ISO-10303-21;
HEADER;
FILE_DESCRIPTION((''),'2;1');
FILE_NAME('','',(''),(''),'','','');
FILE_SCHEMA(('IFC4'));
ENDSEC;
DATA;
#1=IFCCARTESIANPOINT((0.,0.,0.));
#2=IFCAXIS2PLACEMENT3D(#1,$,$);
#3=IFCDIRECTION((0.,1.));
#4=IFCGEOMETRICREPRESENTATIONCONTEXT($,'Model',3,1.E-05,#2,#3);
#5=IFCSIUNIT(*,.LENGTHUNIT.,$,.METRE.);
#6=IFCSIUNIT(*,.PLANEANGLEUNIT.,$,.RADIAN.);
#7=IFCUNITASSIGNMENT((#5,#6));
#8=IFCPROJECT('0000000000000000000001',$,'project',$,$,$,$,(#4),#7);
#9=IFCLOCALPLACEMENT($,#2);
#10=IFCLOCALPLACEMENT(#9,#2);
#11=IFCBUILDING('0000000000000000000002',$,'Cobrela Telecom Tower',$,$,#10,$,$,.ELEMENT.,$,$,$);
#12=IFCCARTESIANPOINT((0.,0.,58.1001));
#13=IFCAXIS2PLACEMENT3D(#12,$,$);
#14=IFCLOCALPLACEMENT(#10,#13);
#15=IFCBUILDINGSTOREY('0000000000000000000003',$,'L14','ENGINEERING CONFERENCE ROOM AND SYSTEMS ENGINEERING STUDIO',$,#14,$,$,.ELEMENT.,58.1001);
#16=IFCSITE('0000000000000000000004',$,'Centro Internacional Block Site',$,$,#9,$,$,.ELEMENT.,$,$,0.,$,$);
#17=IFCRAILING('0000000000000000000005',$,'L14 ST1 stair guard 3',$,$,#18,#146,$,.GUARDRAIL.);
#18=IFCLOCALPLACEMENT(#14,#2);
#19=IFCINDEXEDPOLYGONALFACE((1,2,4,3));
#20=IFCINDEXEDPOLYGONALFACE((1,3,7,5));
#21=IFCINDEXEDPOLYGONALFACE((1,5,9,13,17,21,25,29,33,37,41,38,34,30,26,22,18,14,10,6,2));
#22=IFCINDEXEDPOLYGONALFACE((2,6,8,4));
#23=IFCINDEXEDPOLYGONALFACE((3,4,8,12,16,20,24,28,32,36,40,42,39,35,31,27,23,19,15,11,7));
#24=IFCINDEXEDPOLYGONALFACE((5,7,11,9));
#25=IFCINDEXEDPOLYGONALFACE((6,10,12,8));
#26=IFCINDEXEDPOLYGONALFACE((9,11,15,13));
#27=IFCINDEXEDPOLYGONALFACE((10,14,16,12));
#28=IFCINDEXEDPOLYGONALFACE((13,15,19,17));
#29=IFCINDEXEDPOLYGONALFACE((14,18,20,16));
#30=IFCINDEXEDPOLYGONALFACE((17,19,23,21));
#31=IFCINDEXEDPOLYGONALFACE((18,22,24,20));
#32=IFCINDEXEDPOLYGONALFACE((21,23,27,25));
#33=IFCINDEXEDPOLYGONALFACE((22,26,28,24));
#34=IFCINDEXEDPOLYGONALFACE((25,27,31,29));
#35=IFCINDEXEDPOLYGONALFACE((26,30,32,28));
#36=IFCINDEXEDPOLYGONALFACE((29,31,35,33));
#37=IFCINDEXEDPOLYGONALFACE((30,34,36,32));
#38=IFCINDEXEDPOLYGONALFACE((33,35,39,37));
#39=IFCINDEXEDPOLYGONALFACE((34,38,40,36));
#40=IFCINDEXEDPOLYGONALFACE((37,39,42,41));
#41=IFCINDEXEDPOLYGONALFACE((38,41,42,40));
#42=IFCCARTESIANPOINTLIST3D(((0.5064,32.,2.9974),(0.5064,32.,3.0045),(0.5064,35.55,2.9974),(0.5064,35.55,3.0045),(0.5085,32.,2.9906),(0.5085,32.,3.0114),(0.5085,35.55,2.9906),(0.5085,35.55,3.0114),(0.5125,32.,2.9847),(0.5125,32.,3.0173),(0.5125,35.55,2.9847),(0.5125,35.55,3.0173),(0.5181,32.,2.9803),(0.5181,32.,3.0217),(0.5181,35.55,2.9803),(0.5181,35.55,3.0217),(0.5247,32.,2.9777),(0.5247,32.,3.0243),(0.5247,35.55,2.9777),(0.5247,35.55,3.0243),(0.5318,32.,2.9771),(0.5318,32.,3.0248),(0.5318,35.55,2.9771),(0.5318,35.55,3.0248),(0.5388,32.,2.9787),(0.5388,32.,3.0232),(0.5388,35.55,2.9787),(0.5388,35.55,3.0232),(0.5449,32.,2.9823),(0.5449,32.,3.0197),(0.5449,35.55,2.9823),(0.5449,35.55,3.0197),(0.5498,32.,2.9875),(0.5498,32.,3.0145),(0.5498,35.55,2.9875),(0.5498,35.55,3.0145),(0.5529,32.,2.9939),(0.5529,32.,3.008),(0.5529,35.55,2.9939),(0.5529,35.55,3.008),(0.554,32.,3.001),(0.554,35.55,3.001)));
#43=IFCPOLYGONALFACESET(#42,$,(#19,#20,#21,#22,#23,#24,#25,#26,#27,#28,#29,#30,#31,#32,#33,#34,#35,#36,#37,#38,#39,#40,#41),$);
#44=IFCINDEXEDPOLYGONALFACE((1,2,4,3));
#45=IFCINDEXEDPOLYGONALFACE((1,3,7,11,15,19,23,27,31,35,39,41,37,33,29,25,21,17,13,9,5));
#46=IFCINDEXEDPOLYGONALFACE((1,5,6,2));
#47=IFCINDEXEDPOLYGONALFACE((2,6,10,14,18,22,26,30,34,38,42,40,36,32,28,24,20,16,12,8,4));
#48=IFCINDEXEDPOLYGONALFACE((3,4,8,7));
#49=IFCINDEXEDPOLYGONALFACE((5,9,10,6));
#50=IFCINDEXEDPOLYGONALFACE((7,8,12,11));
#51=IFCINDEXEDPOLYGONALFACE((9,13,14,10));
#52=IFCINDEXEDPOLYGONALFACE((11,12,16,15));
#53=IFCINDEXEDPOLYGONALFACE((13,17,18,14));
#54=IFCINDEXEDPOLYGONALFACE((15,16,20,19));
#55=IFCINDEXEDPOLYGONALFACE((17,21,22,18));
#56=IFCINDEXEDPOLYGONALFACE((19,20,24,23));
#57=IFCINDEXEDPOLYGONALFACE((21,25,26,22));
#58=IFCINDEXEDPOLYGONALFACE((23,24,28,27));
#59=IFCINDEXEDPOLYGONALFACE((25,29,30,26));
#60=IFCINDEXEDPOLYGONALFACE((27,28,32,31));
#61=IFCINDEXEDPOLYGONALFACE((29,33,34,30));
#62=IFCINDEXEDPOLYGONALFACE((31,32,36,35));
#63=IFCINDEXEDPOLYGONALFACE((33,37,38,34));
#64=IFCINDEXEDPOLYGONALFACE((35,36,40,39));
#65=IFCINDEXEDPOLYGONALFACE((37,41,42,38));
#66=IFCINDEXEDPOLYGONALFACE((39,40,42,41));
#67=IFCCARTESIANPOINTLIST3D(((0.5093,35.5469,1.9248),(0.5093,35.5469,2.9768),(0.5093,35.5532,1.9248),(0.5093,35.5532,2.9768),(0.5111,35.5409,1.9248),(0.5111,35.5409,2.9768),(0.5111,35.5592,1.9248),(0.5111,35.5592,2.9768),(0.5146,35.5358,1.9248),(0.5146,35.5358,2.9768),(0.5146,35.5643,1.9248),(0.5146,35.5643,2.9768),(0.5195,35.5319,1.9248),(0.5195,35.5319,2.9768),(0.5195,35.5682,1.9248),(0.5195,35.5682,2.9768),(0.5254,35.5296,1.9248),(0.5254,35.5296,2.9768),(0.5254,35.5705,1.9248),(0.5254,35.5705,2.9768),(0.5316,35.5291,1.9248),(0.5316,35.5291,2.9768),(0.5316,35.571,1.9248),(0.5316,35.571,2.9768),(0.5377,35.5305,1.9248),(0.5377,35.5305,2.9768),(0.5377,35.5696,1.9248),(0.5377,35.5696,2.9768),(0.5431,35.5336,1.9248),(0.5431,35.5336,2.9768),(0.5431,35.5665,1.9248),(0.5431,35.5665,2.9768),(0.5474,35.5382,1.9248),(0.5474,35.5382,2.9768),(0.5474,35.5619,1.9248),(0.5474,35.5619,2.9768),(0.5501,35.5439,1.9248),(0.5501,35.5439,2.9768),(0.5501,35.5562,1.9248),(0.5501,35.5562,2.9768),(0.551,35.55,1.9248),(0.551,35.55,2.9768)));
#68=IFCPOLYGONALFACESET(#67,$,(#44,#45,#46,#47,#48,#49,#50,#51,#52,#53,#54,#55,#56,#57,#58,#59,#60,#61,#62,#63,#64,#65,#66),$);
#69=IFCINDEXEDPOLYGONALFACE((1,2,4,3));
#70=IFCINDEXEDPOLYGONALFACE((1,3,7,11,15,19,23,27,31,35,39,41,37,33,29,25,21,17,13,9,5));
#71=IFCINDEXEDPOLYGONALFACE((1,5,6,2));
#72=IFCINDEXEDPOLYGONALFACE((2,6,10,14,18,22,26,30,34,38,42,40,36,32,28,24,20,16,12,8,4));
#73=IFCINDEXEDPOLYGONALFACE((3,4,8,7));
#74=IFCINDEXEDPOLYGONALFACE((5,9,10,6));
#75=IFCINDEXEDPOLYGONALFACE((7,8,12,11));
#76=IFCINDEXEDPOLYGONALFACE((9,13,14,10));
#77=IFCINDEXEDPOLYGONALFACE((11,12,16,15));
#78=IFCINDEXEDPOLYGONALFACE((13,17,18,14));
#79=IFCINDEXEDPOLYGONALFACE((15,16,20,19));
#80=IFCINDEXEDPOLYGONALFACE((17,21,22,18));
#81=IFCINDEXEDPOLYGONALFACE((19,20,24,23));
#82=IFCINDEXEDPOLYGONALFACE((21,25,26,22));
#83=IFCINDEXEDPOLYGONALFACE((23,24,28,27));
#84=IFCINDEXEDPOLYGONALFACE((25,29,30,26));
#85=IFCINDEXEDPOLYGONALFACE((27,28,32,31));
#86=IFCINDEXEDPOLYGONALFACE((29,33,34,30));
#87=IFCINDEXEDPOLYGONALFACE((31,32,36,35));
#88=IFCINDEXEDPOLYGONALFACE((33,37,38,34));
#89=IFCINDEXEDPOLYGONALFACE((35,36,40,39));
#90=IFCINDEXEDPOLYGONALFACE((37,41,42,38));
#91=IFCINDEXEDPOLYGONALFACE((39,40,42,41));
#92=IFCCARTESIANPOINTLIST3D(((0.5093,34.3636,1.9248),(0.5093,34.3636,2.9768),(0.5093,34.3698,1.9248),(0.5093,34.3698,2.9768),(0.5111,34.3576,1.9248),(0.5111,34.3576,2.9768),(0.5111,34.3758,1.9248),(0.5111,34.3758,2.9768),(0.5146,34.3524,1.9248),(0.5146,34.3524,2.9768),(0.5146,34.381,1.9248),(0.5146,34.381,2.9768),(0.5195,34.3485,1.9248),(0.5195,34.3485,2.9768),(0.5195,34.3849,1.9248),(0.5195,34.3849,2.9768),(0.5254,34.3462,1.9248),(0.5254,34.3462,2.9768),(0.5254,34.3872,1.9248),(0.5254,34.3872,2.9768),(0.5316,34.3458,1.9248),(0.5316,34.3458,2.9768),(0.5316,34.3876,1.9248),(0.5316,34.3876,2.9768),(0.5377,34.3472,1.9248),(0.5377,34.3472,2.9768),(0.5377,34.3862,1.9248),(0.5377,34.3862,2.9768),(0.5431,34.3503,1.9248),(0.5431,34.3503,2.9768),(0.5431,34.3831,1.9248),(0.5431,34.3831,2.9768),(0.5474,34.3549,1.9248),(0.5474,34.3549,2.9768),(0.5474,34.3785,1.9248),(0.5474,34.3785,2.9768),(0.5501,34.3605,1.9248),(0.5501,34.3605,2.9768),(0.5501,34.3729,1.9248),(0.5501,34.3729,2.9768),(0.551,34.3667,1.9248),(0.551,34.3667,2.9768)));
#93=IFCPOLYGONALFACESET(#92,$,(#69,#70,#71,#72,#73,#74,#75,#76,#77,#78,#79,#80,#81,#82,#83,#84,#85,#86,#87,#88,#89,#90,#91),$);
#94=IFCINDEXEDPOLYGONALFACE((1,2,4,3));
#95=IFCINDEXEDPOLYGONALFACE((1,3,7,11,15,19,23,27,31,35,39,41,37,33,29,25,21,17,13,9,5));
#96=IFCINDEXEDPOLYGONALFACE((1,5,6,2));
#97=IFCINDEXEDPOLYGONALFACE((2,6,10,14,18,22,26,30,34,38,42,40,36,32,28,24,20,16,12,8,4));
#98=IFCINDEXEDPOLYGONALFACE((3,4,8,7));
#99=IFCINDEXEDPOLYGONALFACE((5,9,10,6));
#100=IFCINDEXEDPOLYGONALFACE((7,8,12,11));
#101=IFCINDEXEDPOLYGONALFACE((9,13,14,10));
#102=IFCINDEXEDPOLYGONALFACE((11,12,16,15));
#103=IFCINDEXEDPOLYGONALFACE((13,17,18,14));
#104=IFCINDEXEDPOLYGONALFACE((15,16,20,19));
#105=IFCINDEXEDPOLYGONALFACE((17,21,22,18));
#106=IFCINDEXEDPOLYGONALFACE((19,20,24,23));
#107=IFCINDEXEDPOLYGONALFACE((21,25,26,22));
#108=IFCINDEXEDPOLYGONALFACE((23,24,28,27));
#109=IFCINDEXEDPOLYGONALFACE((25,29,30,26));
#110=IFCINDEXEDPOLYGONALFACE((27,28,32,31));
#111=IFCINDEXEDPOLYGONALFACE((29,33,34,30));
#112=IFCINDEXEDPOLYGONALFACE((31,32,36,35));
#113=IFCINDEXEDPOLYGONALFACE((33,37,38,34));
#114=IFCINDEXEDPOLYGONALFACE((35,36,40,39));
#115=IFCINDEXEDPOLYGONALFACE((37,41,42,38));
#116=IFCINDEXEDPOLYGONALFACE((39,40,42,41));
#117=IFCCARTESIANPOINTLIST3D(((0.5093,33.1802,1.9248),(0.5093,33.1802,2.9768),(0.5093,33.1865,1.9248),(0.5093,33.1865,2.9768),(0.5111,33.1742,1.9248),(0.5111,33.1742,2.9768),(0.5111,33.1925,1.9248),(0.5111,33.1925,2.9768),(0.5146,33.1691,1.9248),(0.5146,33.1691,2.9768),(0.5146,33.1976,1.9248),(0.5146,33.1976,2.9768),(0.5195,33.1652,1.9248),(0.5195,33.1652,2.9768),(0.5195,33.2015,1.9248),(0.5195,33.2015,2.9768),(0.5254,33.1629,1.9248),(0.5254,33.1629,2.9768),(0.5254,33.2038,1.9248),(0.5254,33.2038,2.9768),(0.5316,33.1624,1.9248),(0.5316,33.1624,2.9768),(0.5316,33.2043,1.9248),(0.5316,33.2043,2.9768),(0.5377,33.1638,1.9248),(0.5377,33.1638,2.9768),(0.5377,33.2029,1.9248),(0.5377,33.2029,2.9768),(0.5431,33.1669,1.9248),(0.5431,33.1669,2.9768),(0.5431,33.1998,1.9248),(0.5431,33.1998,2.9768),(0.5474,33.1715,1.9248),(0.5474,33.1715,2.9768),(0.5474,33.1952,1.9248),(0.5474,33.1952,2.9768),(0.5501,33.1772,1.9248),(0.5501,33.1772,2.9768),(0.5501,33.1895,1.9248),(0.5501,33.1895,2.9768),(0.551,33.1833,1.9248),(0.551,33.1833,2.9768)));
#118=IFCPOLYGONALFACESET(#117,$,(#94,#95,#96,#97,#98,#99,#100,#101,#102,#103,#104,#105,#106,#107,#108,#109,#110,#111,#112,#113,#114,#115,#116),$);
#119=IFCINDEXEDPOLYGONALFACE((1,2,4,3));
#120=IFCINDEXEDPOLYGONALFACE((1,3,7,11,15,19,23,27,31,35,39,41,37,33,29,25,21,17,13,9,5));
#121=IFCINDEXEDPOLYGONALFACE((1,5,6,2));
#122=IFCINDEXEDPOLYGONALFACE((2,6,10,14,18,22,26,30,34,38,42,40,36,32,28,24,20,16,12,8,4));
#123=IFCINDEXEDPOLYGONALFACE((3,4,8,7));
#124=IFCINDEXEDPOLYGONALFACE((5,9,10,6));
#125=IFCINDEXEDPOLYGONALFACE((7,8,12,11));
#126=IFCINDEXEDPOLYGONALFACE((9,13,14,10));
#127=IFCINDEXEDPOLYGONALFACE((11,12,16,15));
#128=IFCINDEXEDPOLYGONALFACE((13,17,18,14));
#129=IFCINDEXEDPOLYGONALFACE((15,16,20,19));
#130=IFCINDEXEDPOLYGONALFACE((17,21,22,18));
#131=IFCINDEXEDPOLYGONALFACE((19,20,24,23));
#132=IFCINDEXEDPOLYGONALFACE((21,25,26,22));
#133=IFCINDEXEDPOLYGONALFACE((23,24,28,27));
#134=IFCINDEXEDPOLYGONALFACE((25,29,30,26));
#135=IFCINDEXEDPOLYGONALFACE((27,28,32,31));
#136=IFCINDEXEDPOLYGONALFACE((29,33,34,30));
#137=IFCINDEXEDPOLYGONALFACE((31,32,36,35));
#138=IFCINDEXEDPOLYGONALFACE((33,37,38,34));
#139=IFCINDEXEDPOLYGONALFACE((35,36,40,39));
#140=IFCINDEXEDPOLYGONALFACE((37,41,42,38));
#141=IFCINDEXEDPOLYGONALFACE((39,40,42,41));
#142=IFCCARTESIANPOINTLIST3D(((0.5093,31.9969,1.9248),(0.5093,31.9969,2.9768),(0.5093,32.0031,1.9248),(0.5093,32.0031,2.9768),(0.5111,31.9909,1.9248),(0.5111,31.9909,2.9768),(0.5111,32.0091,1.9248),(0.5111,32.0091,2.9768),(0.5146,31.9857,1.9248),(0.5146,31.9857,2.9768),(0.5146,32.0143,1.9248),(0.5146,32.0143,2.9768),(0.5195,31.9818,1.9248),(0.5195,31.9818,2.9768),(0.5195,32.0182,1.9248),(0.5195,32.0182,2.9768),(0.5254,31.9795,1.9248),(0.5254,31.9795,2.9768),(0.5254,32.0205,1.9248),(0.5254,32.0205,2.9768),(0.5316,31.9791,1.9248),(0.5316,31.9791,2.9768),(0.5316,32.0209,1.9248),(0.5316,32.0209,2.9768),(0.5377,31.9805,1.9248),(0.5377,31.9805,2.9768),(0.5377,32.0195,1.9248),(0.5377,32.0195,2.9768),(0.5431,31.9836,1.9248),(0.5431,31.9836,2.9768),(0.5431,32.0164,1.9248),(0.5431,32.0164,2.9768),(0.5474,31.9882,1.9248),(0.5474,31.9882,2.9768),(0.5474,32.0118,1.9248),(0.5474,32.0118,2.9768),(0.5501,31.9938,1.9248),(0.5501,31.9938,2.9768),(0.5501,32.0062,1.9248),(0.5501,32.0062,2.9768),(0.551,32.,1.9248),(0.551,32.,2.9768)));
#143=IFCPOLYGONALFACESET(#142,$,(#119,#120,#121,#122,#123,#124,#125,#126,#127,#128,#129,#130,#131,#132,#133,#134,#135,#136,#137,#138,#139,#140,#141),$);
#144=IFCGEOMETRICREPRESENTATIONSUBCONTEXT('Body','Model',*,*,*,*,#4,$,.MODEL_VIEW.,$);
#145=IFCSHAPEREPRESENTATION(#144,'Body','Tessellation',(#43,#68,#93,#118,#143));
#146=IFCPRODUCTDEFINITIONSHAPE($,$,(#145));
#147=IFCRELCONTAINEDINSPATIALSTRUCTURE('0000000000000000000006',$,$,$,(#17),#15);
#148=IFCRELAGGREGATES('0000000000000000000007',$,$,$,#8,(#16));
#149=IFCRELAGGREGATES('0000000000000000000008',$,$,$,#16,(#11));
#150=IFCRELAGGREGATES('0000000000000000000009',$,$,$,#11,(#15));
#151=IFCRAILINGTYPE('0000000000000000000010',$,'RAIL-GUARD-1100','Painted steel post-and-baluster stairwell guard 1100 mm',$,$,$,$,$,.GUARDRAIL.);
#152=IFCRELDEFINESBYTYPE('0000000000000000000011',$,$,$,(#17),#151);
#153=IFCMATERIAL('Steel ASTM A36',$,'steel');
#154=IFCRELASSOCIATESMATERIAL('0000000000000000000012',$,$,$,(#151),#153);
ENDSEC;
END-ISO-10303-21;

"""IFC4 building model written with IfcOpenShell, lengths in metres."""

from ifc_helpers import new_model, si_unit, direction, frame, origin, origin_2d, place, context, subcontext, project, spatial, circle, extrude, material, type_object, element, save


model = new_model("IFC4")

# Units and contexts
model_context = context("Model", 3, precision=1e-05, world=origin(), true_north=direction((0.0, 1.0)))
body_context = subcontext(model_context, "Body", "Model", "MODEL_VIEW")
ifc_project = project(units=[si_unit("LENGTHUNIT", "METRE"), si_unit("PLANEANGLEUNIT", "RADIAN")], contexts=[model_context])

# Site, building, storey
site_placement = place(None, origin())
site = spatial("IfcSite", under=ifc_project, at=site_placement, Name="Centro Internacional Block Site", CompositionType="ELEMENT", RefElevation=0.0)
building_placement = place(site_placement, origin())
building = spatial("IfcBuilding", under=site, at=building_placement, Name="Cobrela Telecom Tower", CompositionType="ELEMENT")
storey_placement = place(building_placement, frame((0.0, 0.0, 58.1001)))
storey = spatial("IfcBuildingStorey", under=building, at=storey_placement, Name="L14", Description="ENGINEERING CONFERENCE ROOM AND SYSTEMS ENGINEERING STUDIO", CompositionType="ELEMENT", Elevation=58.1001)

# Railing
ifc_material_1 = material(Name="Steel ASTM A36", Category="steel")
railing_type = type_object("IfcRailingType", Name="RAIL-GUARD-1100", Description="Painted steel post-and-baluster stairwell guard 1100 mm", PredefinedType="GUARDRAIL", material=ifc_material_1)
railing_1_placement = place(storey_placement, frame((0.53, 35.55, 1.9248)))
element("IfcRailing", 1, at=railing_1_placement, inside=storey, type_object=railing_type, Name="L14 ST1 stair guard 3", PredefinedType="GUARDRAIL", context=body_context, shape_type="SweptSolid", body=[
    extrude(circle(Radius=0.0239, at=origin_2d()), frame((0.0, 0.0, 1.0762), z_axis=(0.0, -1.0, 0.0), x_axis=(1.0, 0.0, 0.0)), (0.0, 0.0, 1.0), 3.55),
    extrude(circle(Radius=0.021, at=origin_2d()), origin(), (0.0, 0.0, 1.0), 1.052),
    extrude(circle(Radius=0.021, at=origin_2d()), frame((0.0, -1.1833, 0.0)), (0.0, 0.0, 1.0), 1.052),
    extrude(circle(Radius=0.021, at=origin_2d()), frame((0.0, -2.3667, 0.0)), (0.0, 0.0, 1.0), 1.052),
    extrude(circle(Radius=0.021, at=origin_2d()), frame((0.0, -3.55, 0.0)), (0.0, 0.0, 1.0), 1.052),
])

save(model, "model.ifc")
